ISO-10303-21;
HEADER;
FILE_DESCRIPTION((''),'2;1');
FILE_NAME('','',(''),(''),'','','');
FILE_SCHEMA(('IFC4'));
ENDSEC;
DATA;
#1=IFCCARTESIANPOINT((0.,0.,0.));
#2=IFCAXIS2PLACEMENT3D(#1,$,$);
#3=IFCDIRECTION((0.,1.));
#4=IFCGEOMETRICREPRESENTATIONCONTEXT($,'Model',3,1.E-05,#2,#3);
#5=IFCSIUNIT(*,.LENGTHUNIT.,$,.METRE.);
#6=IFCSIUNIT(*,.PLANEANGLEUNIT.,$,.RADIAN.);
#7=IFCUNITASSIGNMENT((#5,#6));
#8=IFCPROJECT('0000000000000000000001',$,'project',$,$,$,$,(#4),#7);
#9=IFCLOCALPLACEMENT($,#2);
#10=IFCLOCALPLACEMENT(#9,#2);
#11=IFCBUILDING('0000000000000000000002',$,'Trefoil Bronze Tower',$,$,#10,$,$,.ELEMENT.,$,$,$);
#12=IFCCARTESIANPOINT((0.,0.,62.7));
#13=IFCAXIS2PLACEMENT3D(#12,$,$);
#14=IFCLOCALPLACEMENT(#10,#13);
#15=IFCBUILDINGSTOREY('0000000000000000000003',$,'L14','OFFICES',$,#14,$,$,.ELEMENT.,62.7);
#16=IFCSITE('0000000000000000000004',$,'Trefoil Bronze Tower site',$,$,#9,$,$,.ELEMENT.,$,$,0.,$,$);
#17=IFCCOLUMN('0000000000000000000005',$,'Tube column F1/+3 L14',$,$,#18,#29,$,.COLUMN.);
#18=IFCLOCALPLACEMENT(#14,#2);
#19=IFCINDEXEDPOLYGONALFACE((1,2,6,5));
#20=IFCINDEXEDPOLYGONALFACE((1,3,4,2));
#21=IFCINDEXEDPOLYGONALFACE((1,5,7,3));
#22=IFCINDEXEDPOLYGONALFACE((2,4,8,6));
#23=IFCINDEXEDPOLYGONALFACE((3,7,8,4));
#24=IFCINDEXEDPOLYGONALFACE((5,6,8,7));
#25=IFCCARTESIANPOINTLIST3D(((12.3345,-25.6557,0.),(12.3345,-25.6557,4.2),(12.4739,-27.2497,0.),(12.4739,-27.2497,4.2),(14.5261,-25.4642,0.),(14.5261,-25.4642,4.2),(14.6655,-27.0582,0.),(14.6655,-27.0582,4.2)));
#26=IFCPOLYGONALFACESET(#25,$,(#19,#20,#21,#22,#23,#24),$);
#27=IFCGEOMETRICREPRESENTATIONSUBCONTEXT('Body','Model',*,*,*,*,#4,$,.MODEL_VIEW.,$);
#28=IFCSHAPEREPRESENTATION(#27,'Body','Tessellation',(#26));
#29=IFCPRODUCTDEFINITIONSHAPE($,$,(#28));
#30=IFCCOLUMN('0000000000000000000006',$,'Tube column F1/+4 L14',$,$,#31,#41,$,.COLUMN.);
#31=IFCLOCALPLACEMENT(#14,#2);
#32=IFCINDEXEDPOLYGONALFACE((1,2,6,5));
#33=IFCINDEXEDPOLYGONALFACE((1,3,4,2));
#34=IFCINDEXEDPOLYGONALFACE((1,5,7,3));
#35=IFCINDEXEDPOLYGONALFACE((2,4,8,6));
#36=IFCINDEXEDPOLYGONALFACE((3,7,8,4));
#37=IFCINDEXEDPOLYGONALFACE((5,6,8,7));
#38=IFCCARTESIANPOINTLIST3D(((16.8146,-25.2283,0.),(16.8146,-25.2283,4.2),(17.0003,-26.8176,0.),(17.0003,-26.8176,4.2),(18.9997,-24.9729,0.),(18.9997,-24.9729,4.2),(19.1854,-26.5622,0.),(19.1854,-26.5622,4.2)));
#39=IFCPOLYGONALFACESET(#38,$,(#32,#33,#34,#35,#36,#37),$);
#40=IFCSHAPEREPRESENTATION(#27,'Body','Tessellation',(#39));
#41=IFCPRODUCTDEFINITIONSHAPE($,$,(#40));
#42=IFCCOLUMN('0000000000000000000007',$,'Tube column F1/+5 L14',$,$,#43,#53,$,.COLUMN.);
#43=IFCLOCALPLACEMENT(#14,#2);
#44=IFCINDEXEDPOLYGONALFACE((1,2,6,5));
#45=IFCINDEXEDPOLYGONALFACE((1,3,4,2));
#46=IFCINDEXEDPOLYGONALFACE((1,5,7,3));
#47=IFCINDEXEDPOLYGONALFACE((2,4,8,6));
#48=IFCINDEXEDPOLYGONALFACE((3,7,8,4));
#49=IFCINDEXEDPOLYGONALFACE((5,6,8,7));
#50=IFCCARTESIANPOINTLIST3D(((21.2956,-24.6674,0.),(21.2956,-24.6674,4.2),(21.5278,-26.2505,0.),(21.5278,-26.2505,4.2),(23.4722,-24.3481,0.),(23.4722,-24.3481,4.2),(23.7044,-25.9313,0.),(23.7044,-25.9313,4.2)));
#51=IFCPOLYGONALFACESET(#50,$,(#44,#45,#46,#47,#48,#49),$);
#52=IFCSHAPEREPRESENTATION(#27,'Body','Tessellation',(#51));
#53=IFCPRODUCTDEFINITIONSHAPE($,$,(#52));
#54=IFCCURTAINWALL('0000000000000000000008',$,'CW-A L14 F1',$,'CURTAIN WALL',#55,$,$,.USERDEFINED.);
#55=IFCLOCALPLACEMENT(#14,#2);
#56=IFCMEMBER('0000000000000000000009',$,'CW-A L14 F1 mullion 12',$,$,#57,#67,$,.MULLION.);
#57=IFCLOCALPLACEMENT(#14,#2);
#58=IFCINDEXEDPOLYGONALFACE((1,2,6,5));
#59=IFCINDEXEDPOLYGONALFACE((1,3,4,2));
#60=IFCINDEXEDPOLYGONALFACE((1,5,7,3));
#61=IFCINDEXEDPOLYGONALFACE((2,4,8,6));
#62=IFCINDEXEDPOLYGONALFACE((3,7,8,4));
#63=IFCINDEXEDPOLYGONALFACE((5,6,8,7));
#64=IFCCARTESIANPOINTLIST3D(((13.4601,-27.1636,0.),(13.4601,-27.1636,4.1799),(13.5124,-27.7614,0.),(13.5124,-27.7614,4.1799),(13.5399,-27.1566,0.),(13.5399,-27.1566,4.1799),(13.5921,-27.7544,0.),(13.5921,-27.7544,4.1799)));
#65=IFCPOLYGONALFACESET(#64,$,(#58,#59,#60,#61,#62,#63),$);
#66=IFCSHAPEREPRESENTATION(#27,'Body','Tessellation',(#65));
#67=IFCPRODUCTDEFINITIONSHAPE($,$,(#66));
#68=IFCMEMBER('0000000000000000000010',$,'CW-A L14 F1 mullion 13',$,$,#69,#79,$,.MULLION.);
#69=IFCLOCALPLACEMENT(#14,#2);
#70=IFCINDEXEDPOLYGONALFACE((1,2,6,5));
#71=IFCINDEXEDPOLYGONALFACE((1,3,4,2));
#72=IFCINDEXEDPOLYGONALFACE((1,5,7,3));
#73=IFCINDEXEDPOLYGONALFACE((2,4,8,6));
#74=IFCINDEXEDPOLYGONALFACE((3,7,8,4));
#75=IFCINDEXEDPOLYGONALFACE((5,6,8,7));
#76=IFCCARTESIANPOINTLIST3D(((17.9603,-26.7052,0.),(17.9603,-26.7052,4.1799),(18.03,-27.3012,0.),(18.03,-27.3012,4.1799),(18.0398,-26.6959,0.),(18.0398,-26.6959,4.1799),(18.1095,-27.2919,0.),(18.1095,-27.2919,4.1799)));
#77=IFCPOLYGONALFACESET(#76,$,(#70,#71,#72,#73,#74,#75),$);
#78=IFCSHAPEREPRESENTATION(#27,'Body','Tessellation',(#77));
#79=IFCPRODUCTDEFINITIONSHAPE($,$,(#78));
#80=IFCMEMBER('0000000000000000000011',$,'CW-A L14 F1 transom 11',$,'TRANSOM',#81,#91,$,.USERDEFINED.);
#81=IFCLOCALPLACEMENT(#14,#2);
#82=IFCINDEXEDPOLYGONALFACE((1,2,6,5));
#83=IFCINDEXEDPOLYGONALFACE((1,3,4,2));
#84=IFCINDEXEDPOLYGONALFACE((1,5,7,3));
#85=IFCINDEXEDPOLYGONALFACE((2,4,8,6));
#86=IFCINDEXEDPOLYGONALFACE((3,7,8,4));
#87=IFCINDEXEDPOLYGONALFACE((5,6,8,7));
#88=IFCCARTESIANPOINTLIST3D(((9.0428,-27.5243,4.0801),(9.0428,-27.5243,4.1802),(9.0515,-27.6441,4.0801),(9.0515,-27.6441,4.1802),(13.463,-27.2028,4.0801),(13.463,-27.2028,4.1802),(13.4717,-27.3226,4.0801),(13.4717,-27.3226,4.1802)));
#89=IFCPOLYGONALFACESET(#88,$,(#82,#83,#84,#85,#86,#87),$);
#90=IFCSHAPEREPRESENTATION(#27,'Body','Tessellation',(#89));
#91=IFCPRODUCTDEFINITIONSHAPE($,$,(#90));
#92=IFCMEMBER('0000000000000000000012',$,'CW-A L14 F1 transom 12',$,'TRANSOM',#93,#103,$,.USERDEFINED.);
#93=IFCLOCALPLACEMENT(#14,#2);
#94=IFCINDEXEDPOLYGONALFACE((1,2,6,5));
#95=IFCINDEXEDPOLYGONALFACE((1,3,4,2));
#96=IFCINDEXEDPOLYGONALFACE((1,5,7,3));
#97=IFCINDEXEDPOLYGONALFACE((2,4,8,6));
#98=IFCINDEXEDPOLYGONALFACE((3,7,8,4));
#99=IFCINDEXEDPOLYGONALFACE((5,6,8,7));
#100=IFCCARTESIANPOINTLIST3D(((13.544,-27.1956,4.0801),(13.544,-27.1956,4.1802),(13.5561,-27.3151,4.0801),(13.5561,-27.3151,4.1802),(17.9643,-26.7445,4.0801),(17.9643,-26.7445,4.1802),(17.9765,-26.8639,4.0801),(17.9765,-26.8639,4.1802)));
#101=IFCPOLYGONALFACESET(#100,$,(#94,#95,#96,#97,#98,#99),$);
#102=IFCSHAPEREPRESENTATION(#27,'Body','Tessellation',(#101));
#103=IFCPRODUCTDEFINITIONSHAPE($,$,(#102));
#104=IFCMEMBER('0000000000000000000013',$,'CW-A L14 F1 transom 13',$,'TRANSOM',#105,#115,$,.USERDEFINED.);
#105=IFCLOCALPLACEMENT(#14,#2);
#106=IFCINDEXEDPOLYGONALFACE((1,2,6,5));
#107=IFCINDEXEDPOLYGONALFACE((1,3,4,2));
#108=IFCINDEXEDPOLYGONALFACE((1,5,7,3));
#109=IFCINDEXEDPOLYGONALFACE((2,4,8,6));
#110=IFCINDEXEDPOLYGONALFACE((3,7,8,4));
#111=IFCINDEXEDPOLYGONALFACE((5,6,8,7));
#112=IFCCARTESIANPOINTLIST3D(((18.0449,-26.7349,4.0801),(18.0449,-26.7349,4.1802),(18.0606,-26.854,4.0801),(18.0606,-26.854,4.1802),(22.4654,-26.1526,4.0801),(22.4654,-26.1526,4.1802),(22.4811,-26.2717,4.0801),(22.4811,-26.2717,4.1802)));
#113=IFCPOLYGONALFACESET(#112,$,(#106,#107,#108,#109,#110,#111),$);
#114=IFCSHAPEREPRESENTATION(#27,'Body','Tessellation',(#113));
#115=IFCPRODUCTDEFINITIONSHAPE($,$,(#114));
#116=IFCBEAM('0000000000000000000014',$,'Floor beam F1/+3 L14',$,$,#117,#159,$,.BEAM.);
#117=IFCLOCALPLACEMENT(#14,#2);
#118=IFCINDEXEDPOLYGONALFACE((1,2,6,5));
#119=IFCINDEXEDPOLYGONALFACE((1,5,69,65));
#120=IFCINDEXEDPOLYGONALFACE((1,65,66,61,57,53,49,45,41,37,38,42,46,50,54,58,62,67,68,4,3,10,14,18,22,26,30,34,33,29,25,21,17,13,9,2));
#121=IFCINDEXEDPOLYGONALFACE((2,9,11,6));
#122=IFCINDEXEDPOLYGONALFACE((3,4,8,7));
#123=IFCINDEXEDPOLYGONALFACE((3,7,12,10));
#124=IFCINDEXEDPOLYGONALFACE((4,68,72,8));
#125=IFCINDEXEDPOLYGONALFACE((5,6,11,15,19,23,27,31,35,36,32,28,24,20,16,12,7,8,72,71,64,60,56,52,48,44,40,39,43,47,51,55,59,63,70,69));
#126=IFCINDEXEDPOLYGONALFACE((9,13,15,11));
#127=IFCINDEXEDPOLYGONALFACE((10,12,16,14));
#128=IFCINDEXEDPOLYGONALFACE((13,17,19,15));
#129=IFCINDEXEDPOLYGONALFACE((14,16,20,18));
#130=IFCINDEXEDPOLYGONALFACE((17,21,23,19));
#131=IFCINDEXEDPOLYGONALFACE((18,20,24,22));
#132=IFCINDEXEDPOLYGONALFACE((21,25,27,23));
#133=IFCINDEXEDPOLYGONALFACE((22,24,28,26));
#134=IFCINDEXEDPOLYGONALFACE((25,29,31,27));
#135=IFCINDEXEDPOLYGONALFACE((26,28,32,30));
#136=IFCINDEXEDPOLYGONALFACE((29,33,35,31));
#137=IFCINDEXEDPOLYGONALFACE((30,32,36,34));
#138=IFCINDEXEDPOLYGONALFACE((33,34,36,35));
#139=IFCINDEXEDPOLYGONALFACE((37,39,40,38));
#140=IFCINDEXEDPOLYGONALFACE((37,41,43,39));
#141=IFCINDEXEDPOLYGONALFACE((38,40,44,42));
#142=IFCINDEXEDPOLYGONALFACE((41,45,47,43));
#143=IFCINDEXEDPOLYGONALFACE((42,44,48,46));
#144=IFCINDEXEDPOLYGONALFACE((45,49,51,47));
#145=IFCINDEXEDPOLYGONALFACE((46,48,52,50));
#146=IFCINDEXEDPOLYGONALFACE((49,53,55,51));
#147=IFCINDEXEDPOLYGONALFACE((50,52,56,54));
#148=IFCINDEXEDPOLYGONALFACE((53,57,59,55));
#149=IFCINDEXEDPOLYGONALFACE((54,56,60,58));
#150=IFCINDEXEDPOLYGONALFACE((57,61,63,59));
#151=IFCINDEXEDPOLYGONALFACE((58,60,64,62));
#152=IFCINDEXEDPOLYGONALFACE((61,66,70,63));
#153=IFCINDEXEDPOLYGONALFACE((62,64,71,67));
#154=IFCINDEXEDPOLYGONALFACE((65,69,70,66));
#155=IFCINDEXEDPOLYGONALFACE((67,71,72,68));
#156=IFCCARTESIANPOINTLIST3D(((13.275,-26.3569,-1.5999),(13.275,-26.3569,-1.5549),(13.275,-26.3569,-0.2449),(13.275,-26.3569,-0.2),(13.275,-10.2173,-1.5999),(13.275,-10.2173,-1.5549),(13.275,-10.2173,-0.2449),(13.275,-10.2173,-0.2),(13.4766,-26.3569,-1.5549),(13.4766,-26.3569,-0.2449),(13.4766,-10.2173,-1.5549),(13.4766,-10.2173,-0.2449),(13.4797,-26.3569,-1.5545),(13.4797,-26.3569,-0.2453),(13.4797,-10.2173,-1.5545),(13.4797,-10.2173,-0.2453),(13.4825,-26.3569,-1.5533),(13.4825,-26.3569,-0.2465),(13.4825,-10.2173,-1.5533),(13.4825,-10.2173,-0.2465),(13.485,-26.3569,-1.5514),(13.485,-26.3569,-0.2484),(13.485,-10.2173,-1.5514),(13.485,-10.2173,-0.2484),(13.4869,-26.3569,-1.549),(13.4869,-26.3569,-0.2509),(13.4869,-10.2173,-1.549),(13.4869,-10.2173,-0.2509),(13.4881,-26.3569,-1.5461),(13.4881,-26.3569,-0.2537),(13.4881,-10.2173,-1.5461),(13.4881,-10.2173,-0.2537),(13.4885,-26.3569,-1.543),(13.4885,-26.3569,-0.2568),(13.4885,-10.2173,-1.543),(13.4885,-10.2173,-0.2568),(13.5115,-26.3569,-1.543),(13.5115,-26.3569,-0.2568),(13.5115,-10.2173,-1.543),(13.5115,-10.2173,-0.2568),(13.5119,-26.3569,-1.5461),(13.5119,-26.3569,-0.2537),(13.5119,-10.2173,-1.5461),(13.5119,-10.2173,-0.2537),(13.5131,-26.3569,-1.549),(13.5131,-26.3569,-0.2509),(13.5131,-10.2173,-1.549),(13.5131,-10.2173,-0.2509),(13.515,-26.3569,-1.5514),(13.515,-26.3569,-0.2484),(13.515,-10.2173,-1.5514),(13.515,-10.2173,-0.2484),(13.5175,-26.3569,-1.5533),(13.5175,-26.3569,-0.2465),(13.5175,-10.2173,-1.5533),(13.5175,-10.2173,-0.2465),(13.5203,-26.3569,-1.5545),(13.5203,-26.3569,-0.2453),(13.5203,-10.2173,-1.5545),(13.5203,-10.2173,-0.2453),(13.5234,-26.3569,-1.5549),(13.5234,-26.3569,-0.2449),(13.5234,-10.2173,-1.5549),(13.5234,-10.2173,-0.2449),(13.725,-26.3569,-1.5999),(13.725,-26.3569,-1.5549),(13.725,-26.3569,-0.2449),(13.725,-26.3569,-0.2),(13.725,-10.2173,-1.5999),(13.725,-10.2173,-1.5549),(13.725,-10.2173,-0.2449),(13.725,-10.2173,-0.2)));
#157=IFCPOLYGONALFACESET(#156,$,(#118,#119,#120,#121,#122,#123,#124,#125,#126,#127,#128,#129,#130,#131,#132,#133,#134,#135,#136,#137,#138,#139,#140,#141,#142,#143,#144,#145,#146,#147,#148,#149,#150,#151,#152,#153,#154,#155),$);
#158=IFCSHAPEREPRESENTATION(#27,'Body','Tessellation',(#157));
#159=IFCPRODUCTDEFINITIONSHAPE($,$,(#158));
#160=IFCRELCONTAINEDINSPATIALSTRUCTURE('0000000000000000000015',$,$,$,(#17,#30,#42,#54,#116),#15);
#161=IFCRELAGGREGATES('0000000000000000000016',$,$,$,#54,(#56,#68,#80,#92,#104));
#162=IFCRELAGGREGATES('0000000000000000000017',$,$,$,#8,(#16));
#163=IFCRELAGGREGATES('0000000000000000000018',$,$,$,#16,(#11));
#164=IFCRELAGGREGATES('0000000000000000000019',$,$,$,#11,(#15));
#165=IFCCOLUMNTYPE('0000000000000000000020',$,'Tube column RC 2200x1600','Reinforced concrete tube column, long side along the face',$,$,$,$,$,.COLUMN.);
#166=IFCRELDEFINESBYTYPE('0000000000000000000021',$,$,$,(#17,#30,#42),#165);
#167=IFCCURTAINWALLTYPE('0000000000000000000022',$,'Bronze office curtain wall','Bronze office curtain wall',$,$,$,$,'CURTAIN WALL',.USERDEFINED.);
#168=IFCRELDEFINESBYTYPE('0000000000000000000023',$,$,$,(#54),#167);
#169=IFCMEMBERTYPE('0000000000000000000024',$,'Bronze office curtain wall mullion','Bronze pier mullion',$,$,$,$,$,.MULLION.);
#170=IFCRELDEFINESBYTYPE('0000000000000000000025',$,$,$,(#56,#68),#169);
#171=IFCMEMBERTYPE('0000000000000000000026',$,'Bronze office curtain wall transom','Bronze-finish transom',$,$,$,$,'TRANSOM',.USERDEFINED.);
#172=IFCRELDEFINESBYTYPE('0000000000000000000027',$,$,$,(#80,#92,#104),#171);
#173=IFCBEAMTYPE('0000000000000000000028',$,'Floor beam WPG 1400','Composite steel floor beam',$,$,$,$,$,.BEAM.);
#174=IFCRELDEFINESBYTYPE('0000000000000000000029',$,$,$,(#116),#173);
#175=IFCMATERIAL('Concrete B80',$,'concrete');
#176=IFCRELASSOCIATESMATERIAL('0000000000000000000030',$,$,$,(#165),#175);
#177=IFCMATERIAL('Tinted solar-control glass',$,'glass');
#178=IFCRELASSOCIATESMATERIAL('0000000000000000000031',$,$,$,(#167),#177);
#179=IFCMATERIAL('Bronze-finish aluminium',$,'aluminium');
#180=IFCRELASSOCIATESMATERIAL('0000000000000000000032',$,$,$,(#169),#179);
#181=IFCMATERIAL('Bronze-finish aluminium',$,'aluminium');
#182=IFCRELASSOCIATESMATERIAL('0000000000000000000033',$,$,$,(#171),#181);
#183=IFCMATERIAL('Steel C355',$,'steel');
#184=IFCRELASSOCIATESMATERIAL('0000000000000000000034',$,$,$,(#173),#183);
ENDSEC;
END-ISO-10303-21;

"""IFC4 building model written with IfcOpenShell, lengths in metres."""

from ifc_helpers import new_model, si_unit, direction, frame, origin, origin_2d, place, context, subcontext, project, spatial, rectangle, i_section, extrude, material, material_profile, profile_set, type_object, element, aggregate, save


model = new_model("IFC4")

# Units and contexts
model_context = context("Model", 3, precision=1e-05, world=origin(), true_north=direction((0.0, 1.0)))
body_context = subcontext(model_context, "Body", "Model", "MODEL_VIEW")
ifc_project = project(units=[si_unit("LENGTHUNIT", "METRE"), si_unit("PLANEANGLEUNIT", "RADIAN")], contexts=[model_context])

# Site, building, storey
site_placement = place(None, origin())
site = spatial("IfcSite", under=ifc_project, at=site_placement, Name="Trefoil Bronze Tower site", CompositionType="ELEMENT", RefElevation=0.0)
building_placement = place(site_placement, origin())
building = spatial("IfcBuilding", under=site, at=building_placement, Name="Trefoil Bronze Tower", CompositionType="ELEMENT")
storey_placement = place(building_placement, frame((0.0, 0.0, 62.7)))
storey = spatial("IfcBuildingStorey", under=building, at=storey_placement, Name="L14", Description="OFFICES", CompositionType="ELEMENT", Elevation=62.7)

# Columns
ifc_material_1 = material(Name="Concrete B80", Category="concrete")
ifc_material_profile_1 = material_profile(ifc_material_1, rectangle(XDim=2.2, YDim=1.6001, at=origin_2d()), Name="RC 2200x1600")
ifc_profile_set_1 = profile_set([ifc_material_profile_1], Name="Concrete B80")
column_type = type_object("IfcColumnType", Name="Tube column RC 2200x1600", Description="Reinforced concrete tube column, long side along the face", PredefinedType="COLUMN", material=ifc_profile_set_1)
for number, where, z_axis, x_axis, name in (
    (1, (13.5, -26.3569, 0.0), (0.0, 0.0, 1.0), (0.996203, 0.087065, 0.0), "Tube column F1/+3 L14"),
    (2, (18.0, -25.8953, 0.0), (0.0, 0.0, 1.0), (0.993239, 0.116087, 0.0), "Tube column F1/+4 L14"),
    (3, (22.5, -25.2993, 0.0), (0.0, 0.0, 1.0), (0.989416, 0.145109, 0.0), "Tube column F1/+5 L14"),
):
    element("IfcColumn", number, at=place(storey_placement, frame(where, z_axis=z_axis, x_axis=x_axis)), inside=storey, type_object=column_type, Name=name, PredefinedType="COLUMN", context=body_context, shape_type="SweptSolid", body=[
        extrude(rectangle(XDim=2.2, YDim=1.6001, at=origin_2d()), origin(), (0.0, 0.0, 1.0), 4.2),
    ])

# Curtain wall, members
ifc_material_2 = material(Name="Tinted solar-control glass", Category="glass")
curtain_wall_type = type_object("IfcCurtainWallType", Name="Bronze office curtain wall", Description="Bronze office curtain wall", ElementType="CURTAIN WALL", PredefinedType="USERDEFINED", material=ifc_material_2)
curtain_wall_placement = place(storey_placement, origin())
curtain_wall = element("IfcCurtainWall", 4, at=curtain_wall_placement, inside=storey, type_object=curtain_wall_type, Name="CW-A L14 F1", ObjectType="CURTAIN WALL", PredefinedType="USERDEFINED")
ifc_material_3 = material(Name="Bronze-finish aluminium", Category="aluminium")
ifc_material_profile_2 = material_profile(ifc_material_3, rectangle(XDim=0.6001, YDim=0.0801, at=origin_2d()), Name="CW-A mullion")
ifc_profile_set_2 = profile_set([ifc_material_profile_2], Name="Bronze-finish aluminium")
member_type_1 = type_object("IfcMemberType", Name="Bronze office curtain wall mullion", Description="Bronze pier mullion", PredefinedType="MULLION", material=ifc_profile_set_2)
member_1_placement = place(storey_placement, frame((13.5261, -27.459, 0.0), z_axis=(0.0, 0.0, 1.0), x_axis=(-0.087065, 0.996203, 0.0)))
member_1 = element("IfcMember", 5, at=member_1_placement, type_object=member_type_1, Name="CW-A L14 F1 mullion 12", PredefinedType="MULLION", context=body_context, shape_type="SweptSolid", body=[
    extrude(rectangle(XDim=0.6001, YDim=0.0801, at=origin_2d()), origin(), (0.0, 0.0, 1.0), 4.1799),
])
member_2_placement = place(storey_placement, frame((18.0349, -26.9985, 0.0), z_axis=(0.0, 0.0, 1.0), x_axis=(-0.116087, 0.993239, 0.0)))
member_2 = element("IfcMember", 6, at=member_2_placement, type_object=member_type_1, Name="CW-A L14 F1 mullion 13", PredefinedType="MULLION", context=body_context, shape_type="SweptSolid", body=[
    extrude(rectangle(XDim=0.6001, YDim=0.0801, at=origin_2d()), origin(), (0.0, 0.0, 1.0), 4.1799),
])
ifc_material_4 = material(Name="Bronze-finish aluminium", Category="aluminium")
ifc_material_profile_3 = material_profile(ifc_material_4, rectangle(XDim=0.1201, YDim=0.1001, at=origin_2d()), Name="CW-A transom")
ifc_profile_set_3 = profile_set([ifc_material_profile_3], Name="Bronze-finish aluminium")
member_type_2 = type_object("IfcMemberType", Name="Bronze office curtain wall transom", Description="Bronze-finish transom", ElementType="TRANSOM", PredefinedType="USERDEFINED", material=ifc_profile_set_3)
member_3_placement = place(storey_placement, frame((9.0471, -27.5842, 4.1301), z_axis=(0.997365, 0.072551, 0.0), x_axis=(-0.072551, 0.997365, 0.0)))
member_3 = element("IfcMember", 7, at=member_3_placement, type_object=member_type_2, Name="CW-A L14 F1 transom 11", ObjectType="TRANSOM", PredefinedType="USERDEFINED", context=body_context, shape_type="SweptSolid", body=[
    extrude(rectangle(XDim=0.1201, YDim=0.1001, at=origin_2d()), origin(), (0.0, 0.0, 1.0), 4.4319),
])
member_4_placement = place(storey_placement, frame((13.55, -27.2554, 4.1301), z_axis=(0.994832, 0.101538, 0.0), x_axis=(-0.101538, 0.994832, 0.0)))
member_4 = element("IfcMember", 8, at=member_4_placement, type_object=member_type_2, Name="CW-A L14 F1 transom 12", ObjectType="TRANSOM", PredefinedType="USERDEFINED", context=body_context, shape_type="SweptSolid", body=[
    extrude(rectangle(XDim=0.1201, YDim=0.1001, at=origin_2d()), origin(), (0.0, 0.0, 1.0), 4.4434),
])
member_5_placement = place(storey_placement, frame((18.0527, -26.7944, 4.1301), z_axis=(0.991437, 0.130589, 0.0), x_axis=(-0.130589, 0.991437, 0.0)))
member_5 = element("IfcMember", 9, at=member_5_placement, type_object=member_type_2, Name="CW-A L14 F1 transom 13", ObjectType="TRANSOM", PredefinedType="USERDEFINED", context=body_context, shape_type="SweptSolid", body=[
    extrude(rectangle(XDim=0.1201, YDim=0.1001, at=origin_2d()), origin(), (0.0, 0.0, 1.0), 4.4587),
])

# Beam
ifc_material_5 = material(Name="Steel C355", Category="steel")
ifc_material_profile_4 = material_profile(ifc_material_5, i_section(OverallWidth=0.45, OverallDepth=1.3999, WebThickness=0.0229, FlangeThickness=0.0449, FilletRadius=0.012, at=origin_2d()), Name="WPG 1400")
ifc_profile_set_4 = profile_set([ifc_material_profile_4], Name="Steel C355")
beam_type_1 = type_object("IfcBeamType", Name="Floor beam WPG 1400", Description="Composite steel floor beam", PredefinedType="BEAM", material=ifc_profile_set_4)
beam_1_placement = place(storey_placement, frame((13.5, -26.3569, -0.8999), z_axis=(0.0, 1.0, 0.0), x_axis=(-1.0, 0.0, 0.0)))
element("IfcBeam", 10, at=beam_1_placement, inside=storey, type_object=beam_type_1, Name="Floor beam F1/+3 L14", PredefinedType="BEAM", context=body_context, shape_type="SweptSolid", body=[
    extrude(i_section(OverallWidth=0.45, OverallDepth=1.3999, WebThickness=0.0229, FlangeThickness=0.0449, FilletRadius=0.012, at=origin_2d()), origin(), (0.0, 0.0, 1.0), 16.1396),
])

aggregate(curtain_wall, [member_1, member_2, member_3, member_4, member_5])

save(model, "model.ifc")
